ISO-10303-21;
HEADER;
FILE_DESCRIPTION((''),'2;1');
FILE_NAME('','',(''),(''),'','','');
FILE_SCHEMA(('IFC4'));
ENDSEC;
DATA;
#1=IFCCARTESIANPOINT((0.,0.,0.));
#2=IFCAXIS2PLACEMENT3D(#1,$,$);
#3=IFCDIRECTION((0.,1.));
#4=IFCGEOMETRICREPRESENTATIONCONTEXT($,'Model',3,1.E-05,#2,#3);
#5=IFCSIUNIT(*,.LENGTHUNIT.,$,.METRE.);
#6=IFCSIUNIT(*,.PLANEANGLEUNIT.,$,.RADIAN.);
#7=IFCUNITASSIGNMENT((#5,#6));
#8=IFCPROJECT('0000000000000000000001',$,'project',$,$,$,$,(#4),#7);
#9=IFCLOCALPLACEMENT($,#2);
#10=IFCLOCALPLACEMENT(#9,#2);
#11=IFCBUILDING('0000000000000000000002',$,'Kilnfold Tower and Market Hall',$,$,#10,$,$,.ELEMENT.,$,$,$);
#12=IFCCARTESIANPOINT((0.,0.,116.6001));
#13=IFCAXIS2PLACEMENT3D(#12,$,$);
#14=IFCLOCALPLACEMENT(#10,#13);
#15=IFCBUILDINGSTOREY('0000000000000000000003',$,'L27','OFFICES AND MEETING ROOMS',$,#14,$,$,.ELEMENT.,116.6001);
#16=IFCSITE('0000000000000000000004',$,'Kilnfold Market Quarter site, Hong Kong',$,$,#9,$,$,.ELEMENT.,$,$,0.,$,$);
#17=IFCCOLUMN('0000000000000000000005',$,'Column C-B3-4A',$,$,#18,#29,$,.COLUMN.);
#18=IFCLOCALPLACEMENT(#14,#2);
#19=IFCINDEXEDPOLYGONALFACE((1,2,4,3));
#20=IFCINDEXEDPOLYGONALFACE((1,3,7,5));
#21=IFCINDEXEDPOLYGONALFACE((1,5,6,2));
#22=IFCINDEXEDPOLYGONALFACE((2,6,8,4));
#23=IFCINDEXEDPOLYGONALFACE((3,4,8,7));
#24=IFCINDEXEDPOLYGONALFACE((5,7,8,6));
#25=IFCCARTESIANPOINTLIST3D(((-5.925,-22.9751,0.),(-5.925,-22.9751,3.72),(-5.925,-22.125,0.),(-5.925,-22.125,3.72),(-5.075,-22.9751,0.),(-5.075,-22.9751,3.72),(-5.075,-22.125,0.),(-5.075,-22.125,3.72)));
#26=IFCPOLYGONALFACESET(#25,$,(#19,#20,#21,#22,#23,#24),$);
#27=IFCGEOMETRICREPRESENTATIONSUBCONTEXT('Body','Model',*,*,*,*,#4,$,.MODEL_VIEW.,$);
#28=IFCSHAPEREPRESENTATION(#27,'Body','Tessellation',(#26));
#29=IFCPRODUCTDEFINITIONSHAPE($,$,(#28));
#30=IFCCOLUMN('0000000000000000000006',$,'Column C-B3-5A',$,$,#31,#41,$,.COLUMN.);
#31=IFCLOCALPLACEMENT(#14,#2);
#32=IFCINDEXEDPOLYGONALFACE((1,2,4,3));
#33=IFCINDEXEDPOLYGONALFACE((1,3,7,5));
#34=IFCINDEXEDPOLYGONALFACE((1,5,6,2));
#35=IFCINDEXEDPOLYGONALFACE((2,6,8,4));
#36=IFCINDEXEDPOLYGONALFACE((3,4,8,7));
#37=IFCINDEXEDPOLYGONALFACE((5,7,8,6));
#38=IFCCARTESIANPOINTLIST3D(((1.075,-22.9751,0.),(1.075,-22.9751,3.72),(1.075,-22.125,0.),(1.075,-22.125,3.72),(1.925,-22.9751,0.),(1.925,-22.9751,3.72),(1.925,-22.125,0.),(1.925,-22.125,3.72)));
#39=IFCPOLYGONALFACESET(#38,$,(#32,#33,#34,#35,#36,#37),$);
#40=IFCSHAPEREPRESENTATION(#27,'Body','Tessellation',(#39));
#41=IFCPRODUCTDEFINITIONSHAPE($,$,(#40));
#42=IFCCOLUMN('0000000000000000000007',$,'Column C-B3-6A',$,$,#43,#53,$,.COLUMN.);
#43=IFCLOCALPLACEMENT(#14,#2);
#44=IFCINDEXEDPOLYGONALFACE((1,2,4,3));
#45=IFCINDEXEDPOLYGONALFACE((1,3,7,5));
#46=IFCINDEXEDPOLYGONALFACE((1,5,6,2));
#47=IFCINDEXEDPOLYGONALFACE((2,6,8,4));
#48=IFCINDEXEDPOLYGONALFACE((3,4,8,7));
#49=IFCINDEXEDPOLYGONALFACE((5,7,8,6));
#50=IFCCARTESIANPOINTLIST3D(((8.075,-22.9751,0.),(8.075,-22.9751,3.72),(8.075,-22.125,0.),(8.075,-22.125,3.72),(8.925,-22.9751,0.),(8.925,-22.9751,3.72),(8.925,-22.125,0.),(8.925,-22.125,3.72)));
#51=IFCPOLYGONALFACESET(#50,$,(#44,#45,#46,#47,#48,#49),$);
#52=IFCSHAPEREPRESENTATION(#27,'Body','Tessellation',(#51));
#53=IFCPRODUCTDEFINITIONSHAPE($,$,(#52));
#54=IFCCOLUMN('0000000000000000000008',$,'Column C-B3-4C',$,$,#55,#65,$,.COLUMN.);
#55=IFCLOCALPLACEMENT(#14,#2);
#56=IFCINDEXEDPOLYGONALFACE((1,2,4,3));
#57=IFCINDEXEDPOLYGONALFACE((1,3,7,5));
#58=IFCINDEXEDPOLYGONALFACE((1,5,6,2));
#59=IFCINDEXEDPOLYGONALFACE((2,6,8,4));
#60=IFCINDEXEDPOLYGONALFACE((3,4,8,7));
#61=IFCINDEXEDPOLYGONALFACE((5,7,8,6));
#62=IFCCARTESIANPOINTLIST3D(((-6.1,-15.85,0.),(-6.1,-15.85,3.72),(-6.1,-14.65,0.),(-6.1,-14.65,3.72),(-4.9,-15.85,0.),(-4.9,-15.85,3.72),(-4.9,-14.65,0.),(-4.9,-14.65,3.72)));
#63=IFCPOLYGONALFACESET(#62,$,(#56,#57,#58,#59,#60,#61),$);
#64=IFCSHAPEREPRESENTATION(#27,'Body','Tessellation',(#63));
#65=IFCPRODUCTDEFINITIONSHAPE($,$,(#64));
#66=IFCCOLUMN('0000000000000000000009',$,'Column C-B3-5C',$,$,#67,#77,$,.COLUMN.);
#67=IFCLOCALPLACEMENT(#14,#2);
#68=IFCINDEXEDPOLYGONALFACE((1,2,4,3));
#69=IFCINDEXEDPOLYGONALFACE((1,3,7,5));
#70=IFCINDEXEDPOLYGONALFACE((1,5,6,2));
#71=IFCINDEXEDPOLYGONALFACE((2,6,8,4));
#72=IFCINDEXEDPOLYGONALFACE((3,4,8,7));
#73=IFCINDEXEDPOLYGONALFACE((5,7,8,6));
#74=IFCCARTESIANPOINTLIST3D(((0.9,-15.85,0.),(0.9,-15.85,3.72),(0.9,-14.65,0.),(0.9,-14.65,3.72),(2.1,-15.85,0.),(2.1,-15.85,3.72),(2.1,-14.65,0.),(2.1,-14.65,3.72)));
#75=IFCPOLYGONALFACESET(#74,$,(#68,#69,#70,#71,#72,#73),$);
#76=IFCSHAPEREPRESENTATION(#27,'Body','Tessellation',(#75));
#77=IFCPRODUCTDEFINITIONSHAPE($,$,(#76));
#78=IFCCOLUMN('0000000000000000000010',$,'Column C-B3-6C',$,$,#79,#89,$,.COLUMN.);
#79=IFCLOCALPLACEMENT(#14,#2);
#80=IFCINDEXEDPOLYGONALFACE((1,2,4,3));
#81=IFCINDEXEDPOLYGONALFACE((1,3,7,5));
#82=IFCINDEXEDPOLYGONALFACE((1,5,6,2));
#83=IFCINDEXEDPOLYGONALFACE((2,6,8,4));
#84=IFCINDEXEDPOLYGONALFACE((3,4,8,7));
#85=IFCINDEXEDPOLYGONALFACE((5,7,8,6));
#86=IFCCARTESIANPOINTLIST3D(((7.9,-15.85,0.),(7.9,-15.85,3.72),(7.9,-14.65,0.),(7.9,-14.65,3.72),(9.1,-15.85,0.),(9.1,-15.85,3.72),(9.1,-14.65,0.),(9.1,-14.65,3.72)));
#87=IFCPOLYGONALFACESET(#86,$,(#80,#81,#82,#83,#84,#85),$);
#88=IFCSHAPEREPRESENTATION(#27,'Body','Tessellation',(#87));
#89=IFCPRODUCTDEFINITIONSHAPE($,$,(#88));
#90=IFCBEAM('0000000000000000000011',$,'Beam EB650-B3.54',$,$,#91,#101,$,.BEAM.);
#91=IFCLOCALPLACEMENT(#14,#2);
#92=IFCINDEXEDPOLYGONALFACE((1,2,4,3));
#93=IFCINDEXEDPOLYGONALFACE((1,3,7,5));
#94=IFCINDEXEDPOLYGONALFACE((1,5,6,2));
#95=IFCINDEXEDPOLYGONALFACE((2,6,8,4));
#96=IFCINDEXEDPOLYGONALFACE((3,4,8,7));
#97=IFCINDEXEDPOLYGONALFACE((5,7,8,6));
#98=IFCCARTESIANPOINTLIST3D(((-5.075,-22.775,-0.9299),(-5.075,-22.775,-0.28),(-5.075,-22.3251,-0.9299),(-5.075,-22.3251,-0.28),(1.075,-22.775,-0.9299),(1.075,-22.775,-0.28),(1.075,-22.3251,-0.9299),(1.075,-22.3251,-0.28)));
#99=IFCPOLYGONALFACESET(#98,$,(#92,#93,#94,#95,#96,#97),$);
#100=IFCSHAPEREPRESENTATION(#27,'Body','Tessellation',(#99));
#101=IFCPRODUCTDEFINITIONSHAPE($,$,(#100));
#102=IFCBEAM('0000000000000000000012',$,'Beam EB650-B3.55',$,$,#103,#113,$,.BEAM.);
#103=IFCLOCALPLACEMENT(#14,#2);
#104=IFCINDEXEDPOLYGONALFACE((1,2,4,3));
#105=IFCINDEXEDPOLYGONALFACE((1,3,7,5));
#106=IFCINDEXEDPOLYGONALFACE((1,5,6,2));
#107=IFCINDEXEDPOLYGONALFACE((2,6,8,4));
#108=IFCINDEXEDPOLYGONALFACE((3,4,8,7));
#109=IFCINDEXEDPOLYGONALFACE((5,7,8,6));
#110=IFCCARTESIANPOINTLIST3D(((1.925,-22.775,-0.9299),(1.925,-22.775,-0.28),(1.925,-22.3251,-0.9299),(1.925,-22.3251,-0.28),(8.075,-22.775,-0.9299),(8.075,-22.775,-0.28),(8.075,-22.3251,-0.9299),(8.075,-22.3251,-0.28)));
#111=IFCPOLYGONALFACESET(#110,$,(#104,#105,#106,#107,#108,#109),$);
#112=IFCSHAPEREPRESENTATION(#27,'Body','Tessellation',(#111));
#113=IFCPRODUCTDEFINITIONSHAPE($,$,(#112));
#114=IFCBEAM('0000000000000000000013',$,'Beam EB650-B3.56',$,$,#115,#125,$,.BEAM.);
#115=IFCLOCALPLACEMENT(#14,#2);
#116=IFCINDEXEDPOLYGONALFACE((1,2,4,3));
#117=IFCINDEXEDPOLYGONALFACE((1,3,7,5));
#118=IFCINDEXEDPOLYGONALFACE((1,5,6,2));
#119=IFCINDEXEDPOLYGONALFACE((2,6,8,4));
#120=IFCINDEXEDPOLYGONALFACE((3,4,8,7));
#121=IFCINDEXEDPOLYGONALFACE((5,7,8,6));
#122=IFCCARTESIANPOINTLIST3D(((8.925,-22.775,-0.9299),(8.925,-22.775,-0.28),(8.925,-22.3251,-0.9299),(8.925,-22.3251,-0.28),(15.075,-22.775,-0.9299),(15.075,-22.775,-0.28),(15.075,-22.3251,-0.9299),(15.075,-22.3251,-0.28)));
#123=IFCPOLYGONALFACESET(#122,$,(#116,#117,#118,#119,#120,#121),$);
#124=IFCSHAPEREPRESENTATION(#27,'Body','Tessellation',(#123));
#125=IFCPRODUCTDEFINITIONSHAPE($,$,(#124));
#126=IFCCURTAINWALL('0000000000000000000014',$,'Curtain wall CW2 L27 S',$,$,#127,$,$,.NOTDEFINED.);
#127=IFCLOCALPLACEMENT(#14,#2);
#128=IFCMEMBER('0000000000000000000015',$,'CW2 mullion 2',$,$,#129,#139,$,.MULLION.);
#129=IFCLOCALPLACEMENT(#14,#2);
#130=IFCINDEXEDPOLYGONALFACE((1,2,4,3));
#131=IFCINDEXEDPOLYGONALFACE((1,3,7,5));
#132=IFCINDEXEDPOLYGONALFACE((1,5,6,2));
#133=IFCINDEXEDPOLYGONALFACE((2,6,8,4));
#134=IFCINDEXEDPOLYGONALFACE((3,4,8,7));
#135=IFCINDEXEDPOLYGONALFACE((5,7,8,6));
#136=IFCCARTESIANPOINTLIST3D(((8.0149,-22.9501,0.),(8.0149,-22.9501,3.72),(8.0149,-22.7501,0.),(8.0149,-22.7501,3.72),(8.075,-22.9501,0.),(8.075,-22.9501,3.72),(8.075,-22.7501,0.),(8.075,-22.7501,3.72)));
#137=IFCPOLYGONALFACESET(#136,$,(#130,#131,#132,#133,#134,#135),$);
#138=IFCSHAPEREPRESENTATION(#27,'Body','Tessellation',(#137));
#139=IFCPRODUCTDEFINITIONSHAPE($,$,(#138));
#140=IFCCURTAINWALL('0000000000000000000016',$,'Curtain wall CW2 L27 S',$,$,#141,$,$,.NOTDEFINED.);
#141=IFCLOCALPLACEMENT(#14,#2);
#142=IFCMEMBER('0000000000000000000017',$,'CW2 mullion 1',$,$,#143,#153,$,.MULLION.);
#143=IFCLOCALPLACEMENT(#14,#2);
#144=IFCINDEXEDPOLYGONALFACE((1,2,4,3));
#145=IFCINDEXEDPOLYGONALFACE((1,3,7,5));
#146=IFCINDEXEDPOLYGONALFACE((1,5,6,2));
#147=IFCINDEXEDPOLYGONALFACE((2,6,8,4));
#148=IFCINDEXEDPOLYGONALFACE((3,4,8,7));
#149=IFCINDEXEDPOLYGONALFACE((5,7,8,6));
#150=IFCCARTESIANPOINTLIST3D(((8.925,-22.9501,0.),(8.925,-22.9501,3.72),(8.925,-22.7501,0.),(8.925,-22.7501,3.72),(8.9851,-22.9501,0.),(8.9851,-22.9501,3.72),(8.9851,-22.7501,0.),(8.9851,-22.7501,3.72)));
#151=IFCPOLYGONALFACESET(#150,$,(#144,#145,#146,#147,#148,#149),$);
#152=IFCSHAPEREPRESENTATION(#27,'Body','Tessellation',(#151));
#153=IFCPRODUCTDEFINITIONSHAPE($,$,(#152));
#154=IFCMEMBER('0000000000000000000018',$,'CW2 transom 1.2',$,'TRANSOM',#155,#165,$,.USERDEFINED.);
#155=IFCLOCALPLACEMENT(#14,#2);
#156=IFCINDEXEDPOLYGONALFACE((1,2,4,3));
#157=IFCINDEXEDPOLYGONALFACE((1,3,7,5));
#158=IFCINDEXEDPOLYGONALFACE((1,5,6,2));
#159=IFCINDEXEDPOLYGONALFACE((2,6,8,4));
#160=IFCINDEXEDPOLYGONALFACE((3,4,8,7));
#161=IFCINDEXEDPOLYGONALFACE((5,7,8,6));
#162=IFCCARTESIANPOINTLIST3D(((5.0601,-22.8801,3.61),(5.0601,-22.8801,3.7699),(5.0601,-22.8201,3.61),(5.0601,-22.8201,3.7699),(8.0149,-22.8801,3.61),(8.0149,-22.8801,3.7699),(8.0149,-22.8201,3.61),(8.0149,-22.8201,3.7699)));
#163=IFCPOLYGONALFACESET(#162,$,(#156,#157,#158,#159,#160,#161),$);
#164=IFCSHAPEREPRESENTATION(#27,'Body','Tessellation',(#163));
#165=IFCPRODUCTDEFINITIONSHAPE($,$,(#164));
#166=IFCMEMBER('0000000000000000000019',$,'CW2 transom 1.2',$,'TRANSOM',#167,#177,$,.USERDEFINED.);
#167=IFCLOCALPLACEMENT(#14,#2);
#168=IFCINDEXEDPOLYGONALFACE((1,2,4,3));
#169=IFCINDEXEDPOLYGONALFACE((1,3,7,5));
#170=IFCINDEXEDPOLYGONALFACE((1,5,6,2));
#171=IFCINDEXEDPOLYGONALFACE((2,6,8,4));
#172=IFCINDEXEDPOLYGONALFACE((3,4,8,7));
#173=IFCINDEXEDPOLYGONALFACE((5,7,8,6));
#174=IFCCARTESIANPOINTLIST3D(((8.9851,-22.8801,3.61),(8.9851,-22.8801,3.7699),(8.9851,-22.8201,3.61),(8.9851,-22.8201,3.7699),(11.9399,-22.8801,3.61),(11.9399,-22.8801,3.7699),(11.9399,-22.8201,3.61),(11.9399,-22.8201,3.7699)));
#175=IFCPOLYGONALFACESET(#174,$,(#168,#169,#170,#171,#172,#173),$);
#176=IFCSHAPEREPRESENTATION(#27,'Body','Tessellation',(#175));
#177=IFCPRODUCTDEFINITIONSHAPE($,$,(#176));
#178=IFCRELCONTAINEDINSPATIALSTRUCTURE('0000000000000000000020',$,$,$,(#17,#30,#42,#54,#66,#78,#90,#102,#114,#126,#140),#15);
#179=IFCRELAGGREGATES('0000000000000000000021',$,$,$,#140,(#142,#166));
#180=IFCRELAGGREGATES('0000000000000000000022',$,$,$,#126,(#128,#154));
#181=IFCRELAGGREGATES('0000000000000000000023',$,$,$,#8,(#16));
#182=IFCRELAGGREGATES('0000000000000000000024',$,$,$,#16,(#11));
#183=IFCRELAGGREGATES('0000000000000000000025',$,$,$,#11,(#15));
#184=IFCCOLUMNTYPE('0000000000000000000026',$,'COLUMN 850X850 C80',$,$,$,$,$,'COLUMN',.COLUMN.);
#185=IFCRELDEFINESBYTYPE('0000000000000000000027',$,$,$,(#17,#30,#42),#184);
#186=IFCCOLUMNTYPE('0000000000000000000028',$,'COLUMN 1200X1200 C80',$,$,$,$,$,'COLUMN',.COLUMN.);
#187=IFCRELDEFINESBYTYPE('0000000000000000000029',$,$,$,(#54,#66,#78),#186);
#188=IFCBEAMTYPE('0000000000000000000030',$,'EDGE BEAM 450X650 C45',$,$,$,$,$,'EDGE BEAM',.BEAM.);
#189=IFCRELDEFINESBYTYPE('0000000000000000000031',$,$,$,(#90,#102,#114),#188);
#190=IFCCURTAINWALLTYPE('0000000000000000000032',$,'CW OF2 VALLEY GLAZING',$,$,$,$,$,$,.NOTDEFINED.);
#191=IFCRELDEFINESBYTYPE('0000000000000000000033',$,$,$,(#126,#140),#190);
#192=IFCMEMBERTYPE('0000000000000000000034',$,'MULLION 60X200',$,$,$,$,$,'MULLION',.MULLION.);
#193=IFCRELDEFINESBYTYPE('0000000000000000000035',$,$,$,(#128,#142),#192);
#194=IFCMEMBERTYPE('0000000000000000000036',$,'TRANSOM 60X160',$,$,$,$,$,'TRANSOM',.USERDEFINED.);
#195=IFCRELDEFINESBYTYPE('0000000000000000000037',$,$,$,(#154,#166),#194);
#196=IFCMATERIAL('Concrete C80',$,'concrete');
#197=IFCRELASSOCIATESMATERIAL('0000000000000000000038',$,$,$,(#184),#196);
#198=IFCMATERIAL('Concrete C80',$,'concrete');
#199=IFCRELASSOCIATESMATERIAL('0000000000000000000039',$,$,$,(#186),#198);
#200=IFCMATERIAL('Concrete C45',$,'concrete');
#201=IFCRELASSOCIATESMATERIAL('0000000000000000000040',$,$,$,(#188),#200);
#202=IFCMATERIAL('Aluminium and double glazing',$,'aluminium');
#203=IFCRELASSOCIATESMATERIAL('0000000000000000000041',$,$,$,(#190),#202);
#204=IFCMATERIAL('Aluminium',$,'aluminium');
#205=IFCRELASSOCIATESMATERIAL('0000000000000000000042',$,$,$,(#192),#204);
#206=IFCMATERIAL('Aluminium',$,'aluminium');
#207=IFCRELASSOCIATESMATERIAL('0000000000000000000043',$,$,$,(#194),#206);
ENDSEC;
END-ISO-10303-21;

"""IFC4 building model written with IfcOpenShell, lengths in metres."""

from ifc_helpers import new_model, si_unit, direction, frame, origin, origin_2d, place, context, subcontext, project, spatial, rectangle, extrude, source, transform, mapped, material, material_profile, profile_set, type_object, element, aggregate, save


model = new_model("IFC4")

# Units and contexts
model_context = context("Model", 3, precision=1e-05, world=origin(), true_north=direction((0.0, 1.0)))
body_context = subcontext(model_context, "Body", "Model", "MODEL_VIEW")
ifc_project = project(units=[si_unit("LENGTHUNIT", "METRE"), si_unit("PLANEANGLEUNIT", "RADIAN")], contexts=[model_context])

# Site, building, storey
site_placement = place(None, origin())
site = spatial("IfcSite", under=ifc_project, at=site_placement, Name="Kilnfold Market Quarter site, Hong Kong", CompositionType="ELEMENT", RefElevation=0.0)
building_placement = place(site_placement, origin())
building = spatial("IfcBuilding", under=site, at=building_placement, Name="Kilnfold Tower and Market Hall", CompositionType="ELEMENT")
storey_placement = place(building_placement, frame((0.0, 0.0, 116.6001)))
storey = spatial("IfcBuildingStorey", under=building, at=storey_placement, Name="L27", Description="OFFICES AND MEETING ROOMS", CompositionType="ELEMENT", Elevation=116.6001)

# Columns
ifc_material_1 = material(Name="Concrete C80", Category="concrete")
ifc_material_profile_1 = material_profile(ifc_material_1, rectangle(XDim=0.8501, YDim=0.8501, at=origin_2d()), Name="RC 850x850")
ifc_profile_set_1 = profile_set([ifc_material_profile_1], Name="Concrete C80")
column_type_1 = type_object("IfcColumnType", Name="COLUMN 850X850 C80", ElementType="COLUMN", PredefinedType="COLUMN", material=ifc_profile_set_1)
shared_shape_1 = source(origin(), body_context, "Body", "SweptSolid", [
    extrude(rectangle(XDim=0.8501, YDim=0.8501, at=origin_2d()), origin(), (0.0, 0.0, 1.0), 3.72),
])
for number, where, z_axis, x_axis, name in (
    (1, (-5.5, -22.55, 0.0), (0.0, 0.0, 1.0), (1.0, 0.0, 0.0), "Column C-B3-4A"),
    (2, (1.5, -22.55, 0.0), (0.0, 0.0, 1.0), (1.0, 0.0, 0.0), "Column C-B3-5A"),
    (3, (8.5, -22.55, 0.0), (0.0, 0.0, 1.0), (1.0, 0.0, 0.0), "Column C-B3-6A"),
):
    element("IfcColumn", number, at=place(storey_placement, frame(where, z_axis=z_axis, x_axis=x_axis)), inside=storey, type_object=column_type_1, Name=name, PredefinedType="COLUMN", context=body_context, shape_type="MappedRepresentation", body=[
        mapped(shared_shape_1, transform((0.0, 0.0, 0.0))),
    ])
ifc_material_2 = material(Name="Concrete C80", Category="concrete")
ifc_material_profile_2 = material_profile(ifc_material_2, rectangle(XDim=1.2, YDim=1.2, at=origin_2d()), Name="RC 1200x1200")
ifc_profile_set_2 = profile_set([ifc_material_profile_2], Name="Concrete C80")
column_type_2 = type_object("IfcColumnType", Name="COLUMN 1200X1200 C80", ElementType="COLUMN", PredefinedType="COLUMN", material=ifc_profile_set_2)
shared_shape_2 = source(origin(), body_context, "Body", "SweptSolid", [
    extrude(rectangle(XDim=1.2, YDim=1.2, at=origin_2d()), origin(), (0.0, 0.0, 1.0), 3.72),
])
for number, where, z_axis, x_axis, name in (
    (4, (-5.5, -15.25, 0.0), (0.0, 0.0, 1.0), (1.0, 0.0, 0.0), "Column C-B3-4C"),
    (5, (1.5, -15.25, 0.0), (0.0, 0.0, 1.0), (1.0, 0.0, 0.0), "Column C-B3-5C"),
    (6, (8.5, -15.25, 0.0), (0.0, 0.0, 1.0), (1.0, 0.0, 0.0), "Column C-B3-6C"),
):
    element("IfcColumn", number, at=place(storey_placement, frame(where, z_axis=z_axis, x_axis=x_axis)), inside=storey, type_object=column_type_2, Name=name, PredefinedType="COLUMN", context=body_context, shape_type="MappedRepresentation", body=[
        mapped(shared_shape_2, transform((0.0, 0.0, 0.0))),
    ])

# Beams
ifc_material_3 = material(Name="Concrete C45", Category="concrete")
ifc_material_profile_3 = material_profile(ifc_material_3, rectangle(XDim=0.45, YDim=0.6499, at=origin_2d()), Name="RC 450x650")
ifc_profile_set_3 = profile_set([ifc_material_profile_3], Name="Concrete C45")
beam_type = type_object("IfcBeamType", Name="EDGE BEAM 450X650 C45", ElementType="EDGE BEAM", PredefinedType="BEAM", material=ifc_profile_set_3)
shared_shape_3 = source(origin(), body_context, "Body", "SweptSolid", [
    extrude(rectangle(XDim=0.45, YDim=0.6499, at=origin_2d()), origin(), (0.0, 0.0, 1.0), 6.1499),
])
for number, where, z_axis, x_axis, name in (
    (7, (-5.075, -22.55, -0.605), (1.0, 0.0, 0.0), (0.0, 1.0, 0.0), "Beam EB650-B3.54"),
    (8, (1.925, -22.55, -0.605), (1.0, 0.0, 0.0), (0.0, 1.0, 0.0), "Beam EB650-B3.55"),
    (9, (8.925, -22.55, -0.605), (1.0, 0.0, 0.0), (0.0, 1.0, 0.0), "Beam EB650-B3.56"),
):
    element("IfcBeam", number, at=place(storey_placement, frame(where, z_axis=z_axis, x_axis=x_axis)), inside=storey, type_object=beam_type, Name=name, PredefinedType="BEAM", context=body_context, shape_type="MappedRepresentation", body=[
        mapped(shared_shape_3, transform((0.0, 0.0, 0.0))),
    ])

# Curtain walls, members
ifc_material_4 = material(Name="Aluminium and double glazing", Category="aluminium")
curtain_wall_type = type_object("IfcCurtainWallType", Name="CW OF2 VALLEY GLAZING", PredefinedType="NOTDEFINED", material=ifc_material_4)
curtain_wall_1_placement = place(storey_placement, origin())
curtain_wall_1 = element("IfcCurtainWall", 10, at=curtain_wall_1_placement, inside=storey, type_object=curtain_wall_type, Name="Curtain wall CW2 L27 S", PredefinedType="NOTDEFINED")
ifc_material_5 = material(Name="Aluminium", Category="aluminium")
ifc_material_profile_4 = material_profile(ifc_material_5, rectangle(XDim=0.0601, YDim=0.2, at=origin_2d()), Name="MULLION 60x200")
ifc_profile_set_4 = profile_set([ifc_material_profile_4], Name="Aluminium")
member_type_1 = type_object("IfcMemberType", Name="MULLION 60X200", ElementType="MULLION", PredefinedType="MULLION", material=ifc_profile_set_4)
shared_shape_4 = source(origin(), body_context, "Body", "SweptSolid", [
    extrude(rectangle(XDim=0.0601, YDim=0.2, at=origin_2d()), origin(), (0.0, 0.0, 1.0), 3.72),
])
member_1_placement = place(storey_placement, frame((8.0449, -22.8501, 0.0), z_axis=(0.0, 0.0, 1.0), x_axis=(1.0, 0.0, 0.0)))
member_1 = element("IfcMember", 11, at=member_1_placement, type_object=member_type_1, Name="CW2 mullion 2", PredefinedType="MULLION", context=body_context, shape_type="MappedRepresentation", body=[
    mapped(shared_shape_4, transform((0.0, 0.0, 0.0))),
])
curtain_wall_2_placement = place(storey_placement, origin())
curtain_wall_2 = element("IfcCurtainWall", 12, at=curtain_wall_2_placement, inside=storey, type_object=curtain_wall_type, Name="Curtain wall CW2 L27 S", PredefinedType="NOTDEFINED")
member_2_placement = place(storey_placement, frame((8.9551, -22.8501, 0.0), z_axis=(0.0, 0.0, 1.0), x_axis=(1.0, 0.0, 0.0)))
member_2 = element("IfcMember", 13, at=member_2_placement, type_object=member_type_1, Name="CW2 mullion 1", PredefinedType="MULLION", context=body_context, shape_type="MappedRepresentation", body=[
    mapped(shared_shape_4, transform((0.0, 0.0, 0.0))),
])

# Members
ifc_material_6 = material(Name="Aluminium", Category="aluminium")
ifc_material_profile_5 = material_profile(ifc_material_6, rectangle(XDim=0.0601, YDim=0.1599, at=origin_2d()), Name="TRANSOM 60x160")
ifc_profile_set_5 = profile_set([ifc_material_profile_5], Name="Aluminium")
member_type_2 = type_object("IfcMemberType", Name="TRANSOM 60X160", ElementType="TRANSOM", PredefinedType="USERDEFINED", material=ifc_profile_set_5)
shared_shape_5 = source(origin(), body_context, "Body", "SweptSolid", [
    extrude(rectangle(XDim=0.0601, YDim=0.1599, at=origin_2d()), origin(), (0.0, 0.0, 1.0), 2.9548),
])
member_3_placement = place(storey_placement, frame((5.0601, -22.8501, 3.6899), z_axis=(1.0, 0.0, 0.0), x_axis=(0.0, 1.0, 0.0)))
member_3 = element("IfcMember", 14, at=member_3_placement, type_object=member_type_2, Name="CW2 transom 1.2", ObjectType="TRANSOM", PredefinedType="USERDEFINED", context=body_context, shape_type="MappedRepresentation", body=[
    mapped(shared_shape_5, transform((0.0, 0.0, 0.0))),
])
member_4_placement = place(storey_placement, frame((8.9851, -22.8501, 3.6899), z_axis=(1.0, 0.0, 0.0), x_axis=(0.0, 1.0, 0.0)))
member_4 = element("IfcMember", 15, at=member_4_placement, type_object=member_type_2, Name="CW2 transom 1.2", ObjectType="TRANSOM", PredefinedType="USERDEFINED", context=body_context, shape_type="MappedRepresentation", body=[
    mapped(shared_shape_5, transform((0.0, 0.0, 0.0))),
])
aggregate(curtain_wall_2, [member_2, member_4])

aggregate(curtain_wall_1, [member_1, member_3])

save(model, "model.ifc")
